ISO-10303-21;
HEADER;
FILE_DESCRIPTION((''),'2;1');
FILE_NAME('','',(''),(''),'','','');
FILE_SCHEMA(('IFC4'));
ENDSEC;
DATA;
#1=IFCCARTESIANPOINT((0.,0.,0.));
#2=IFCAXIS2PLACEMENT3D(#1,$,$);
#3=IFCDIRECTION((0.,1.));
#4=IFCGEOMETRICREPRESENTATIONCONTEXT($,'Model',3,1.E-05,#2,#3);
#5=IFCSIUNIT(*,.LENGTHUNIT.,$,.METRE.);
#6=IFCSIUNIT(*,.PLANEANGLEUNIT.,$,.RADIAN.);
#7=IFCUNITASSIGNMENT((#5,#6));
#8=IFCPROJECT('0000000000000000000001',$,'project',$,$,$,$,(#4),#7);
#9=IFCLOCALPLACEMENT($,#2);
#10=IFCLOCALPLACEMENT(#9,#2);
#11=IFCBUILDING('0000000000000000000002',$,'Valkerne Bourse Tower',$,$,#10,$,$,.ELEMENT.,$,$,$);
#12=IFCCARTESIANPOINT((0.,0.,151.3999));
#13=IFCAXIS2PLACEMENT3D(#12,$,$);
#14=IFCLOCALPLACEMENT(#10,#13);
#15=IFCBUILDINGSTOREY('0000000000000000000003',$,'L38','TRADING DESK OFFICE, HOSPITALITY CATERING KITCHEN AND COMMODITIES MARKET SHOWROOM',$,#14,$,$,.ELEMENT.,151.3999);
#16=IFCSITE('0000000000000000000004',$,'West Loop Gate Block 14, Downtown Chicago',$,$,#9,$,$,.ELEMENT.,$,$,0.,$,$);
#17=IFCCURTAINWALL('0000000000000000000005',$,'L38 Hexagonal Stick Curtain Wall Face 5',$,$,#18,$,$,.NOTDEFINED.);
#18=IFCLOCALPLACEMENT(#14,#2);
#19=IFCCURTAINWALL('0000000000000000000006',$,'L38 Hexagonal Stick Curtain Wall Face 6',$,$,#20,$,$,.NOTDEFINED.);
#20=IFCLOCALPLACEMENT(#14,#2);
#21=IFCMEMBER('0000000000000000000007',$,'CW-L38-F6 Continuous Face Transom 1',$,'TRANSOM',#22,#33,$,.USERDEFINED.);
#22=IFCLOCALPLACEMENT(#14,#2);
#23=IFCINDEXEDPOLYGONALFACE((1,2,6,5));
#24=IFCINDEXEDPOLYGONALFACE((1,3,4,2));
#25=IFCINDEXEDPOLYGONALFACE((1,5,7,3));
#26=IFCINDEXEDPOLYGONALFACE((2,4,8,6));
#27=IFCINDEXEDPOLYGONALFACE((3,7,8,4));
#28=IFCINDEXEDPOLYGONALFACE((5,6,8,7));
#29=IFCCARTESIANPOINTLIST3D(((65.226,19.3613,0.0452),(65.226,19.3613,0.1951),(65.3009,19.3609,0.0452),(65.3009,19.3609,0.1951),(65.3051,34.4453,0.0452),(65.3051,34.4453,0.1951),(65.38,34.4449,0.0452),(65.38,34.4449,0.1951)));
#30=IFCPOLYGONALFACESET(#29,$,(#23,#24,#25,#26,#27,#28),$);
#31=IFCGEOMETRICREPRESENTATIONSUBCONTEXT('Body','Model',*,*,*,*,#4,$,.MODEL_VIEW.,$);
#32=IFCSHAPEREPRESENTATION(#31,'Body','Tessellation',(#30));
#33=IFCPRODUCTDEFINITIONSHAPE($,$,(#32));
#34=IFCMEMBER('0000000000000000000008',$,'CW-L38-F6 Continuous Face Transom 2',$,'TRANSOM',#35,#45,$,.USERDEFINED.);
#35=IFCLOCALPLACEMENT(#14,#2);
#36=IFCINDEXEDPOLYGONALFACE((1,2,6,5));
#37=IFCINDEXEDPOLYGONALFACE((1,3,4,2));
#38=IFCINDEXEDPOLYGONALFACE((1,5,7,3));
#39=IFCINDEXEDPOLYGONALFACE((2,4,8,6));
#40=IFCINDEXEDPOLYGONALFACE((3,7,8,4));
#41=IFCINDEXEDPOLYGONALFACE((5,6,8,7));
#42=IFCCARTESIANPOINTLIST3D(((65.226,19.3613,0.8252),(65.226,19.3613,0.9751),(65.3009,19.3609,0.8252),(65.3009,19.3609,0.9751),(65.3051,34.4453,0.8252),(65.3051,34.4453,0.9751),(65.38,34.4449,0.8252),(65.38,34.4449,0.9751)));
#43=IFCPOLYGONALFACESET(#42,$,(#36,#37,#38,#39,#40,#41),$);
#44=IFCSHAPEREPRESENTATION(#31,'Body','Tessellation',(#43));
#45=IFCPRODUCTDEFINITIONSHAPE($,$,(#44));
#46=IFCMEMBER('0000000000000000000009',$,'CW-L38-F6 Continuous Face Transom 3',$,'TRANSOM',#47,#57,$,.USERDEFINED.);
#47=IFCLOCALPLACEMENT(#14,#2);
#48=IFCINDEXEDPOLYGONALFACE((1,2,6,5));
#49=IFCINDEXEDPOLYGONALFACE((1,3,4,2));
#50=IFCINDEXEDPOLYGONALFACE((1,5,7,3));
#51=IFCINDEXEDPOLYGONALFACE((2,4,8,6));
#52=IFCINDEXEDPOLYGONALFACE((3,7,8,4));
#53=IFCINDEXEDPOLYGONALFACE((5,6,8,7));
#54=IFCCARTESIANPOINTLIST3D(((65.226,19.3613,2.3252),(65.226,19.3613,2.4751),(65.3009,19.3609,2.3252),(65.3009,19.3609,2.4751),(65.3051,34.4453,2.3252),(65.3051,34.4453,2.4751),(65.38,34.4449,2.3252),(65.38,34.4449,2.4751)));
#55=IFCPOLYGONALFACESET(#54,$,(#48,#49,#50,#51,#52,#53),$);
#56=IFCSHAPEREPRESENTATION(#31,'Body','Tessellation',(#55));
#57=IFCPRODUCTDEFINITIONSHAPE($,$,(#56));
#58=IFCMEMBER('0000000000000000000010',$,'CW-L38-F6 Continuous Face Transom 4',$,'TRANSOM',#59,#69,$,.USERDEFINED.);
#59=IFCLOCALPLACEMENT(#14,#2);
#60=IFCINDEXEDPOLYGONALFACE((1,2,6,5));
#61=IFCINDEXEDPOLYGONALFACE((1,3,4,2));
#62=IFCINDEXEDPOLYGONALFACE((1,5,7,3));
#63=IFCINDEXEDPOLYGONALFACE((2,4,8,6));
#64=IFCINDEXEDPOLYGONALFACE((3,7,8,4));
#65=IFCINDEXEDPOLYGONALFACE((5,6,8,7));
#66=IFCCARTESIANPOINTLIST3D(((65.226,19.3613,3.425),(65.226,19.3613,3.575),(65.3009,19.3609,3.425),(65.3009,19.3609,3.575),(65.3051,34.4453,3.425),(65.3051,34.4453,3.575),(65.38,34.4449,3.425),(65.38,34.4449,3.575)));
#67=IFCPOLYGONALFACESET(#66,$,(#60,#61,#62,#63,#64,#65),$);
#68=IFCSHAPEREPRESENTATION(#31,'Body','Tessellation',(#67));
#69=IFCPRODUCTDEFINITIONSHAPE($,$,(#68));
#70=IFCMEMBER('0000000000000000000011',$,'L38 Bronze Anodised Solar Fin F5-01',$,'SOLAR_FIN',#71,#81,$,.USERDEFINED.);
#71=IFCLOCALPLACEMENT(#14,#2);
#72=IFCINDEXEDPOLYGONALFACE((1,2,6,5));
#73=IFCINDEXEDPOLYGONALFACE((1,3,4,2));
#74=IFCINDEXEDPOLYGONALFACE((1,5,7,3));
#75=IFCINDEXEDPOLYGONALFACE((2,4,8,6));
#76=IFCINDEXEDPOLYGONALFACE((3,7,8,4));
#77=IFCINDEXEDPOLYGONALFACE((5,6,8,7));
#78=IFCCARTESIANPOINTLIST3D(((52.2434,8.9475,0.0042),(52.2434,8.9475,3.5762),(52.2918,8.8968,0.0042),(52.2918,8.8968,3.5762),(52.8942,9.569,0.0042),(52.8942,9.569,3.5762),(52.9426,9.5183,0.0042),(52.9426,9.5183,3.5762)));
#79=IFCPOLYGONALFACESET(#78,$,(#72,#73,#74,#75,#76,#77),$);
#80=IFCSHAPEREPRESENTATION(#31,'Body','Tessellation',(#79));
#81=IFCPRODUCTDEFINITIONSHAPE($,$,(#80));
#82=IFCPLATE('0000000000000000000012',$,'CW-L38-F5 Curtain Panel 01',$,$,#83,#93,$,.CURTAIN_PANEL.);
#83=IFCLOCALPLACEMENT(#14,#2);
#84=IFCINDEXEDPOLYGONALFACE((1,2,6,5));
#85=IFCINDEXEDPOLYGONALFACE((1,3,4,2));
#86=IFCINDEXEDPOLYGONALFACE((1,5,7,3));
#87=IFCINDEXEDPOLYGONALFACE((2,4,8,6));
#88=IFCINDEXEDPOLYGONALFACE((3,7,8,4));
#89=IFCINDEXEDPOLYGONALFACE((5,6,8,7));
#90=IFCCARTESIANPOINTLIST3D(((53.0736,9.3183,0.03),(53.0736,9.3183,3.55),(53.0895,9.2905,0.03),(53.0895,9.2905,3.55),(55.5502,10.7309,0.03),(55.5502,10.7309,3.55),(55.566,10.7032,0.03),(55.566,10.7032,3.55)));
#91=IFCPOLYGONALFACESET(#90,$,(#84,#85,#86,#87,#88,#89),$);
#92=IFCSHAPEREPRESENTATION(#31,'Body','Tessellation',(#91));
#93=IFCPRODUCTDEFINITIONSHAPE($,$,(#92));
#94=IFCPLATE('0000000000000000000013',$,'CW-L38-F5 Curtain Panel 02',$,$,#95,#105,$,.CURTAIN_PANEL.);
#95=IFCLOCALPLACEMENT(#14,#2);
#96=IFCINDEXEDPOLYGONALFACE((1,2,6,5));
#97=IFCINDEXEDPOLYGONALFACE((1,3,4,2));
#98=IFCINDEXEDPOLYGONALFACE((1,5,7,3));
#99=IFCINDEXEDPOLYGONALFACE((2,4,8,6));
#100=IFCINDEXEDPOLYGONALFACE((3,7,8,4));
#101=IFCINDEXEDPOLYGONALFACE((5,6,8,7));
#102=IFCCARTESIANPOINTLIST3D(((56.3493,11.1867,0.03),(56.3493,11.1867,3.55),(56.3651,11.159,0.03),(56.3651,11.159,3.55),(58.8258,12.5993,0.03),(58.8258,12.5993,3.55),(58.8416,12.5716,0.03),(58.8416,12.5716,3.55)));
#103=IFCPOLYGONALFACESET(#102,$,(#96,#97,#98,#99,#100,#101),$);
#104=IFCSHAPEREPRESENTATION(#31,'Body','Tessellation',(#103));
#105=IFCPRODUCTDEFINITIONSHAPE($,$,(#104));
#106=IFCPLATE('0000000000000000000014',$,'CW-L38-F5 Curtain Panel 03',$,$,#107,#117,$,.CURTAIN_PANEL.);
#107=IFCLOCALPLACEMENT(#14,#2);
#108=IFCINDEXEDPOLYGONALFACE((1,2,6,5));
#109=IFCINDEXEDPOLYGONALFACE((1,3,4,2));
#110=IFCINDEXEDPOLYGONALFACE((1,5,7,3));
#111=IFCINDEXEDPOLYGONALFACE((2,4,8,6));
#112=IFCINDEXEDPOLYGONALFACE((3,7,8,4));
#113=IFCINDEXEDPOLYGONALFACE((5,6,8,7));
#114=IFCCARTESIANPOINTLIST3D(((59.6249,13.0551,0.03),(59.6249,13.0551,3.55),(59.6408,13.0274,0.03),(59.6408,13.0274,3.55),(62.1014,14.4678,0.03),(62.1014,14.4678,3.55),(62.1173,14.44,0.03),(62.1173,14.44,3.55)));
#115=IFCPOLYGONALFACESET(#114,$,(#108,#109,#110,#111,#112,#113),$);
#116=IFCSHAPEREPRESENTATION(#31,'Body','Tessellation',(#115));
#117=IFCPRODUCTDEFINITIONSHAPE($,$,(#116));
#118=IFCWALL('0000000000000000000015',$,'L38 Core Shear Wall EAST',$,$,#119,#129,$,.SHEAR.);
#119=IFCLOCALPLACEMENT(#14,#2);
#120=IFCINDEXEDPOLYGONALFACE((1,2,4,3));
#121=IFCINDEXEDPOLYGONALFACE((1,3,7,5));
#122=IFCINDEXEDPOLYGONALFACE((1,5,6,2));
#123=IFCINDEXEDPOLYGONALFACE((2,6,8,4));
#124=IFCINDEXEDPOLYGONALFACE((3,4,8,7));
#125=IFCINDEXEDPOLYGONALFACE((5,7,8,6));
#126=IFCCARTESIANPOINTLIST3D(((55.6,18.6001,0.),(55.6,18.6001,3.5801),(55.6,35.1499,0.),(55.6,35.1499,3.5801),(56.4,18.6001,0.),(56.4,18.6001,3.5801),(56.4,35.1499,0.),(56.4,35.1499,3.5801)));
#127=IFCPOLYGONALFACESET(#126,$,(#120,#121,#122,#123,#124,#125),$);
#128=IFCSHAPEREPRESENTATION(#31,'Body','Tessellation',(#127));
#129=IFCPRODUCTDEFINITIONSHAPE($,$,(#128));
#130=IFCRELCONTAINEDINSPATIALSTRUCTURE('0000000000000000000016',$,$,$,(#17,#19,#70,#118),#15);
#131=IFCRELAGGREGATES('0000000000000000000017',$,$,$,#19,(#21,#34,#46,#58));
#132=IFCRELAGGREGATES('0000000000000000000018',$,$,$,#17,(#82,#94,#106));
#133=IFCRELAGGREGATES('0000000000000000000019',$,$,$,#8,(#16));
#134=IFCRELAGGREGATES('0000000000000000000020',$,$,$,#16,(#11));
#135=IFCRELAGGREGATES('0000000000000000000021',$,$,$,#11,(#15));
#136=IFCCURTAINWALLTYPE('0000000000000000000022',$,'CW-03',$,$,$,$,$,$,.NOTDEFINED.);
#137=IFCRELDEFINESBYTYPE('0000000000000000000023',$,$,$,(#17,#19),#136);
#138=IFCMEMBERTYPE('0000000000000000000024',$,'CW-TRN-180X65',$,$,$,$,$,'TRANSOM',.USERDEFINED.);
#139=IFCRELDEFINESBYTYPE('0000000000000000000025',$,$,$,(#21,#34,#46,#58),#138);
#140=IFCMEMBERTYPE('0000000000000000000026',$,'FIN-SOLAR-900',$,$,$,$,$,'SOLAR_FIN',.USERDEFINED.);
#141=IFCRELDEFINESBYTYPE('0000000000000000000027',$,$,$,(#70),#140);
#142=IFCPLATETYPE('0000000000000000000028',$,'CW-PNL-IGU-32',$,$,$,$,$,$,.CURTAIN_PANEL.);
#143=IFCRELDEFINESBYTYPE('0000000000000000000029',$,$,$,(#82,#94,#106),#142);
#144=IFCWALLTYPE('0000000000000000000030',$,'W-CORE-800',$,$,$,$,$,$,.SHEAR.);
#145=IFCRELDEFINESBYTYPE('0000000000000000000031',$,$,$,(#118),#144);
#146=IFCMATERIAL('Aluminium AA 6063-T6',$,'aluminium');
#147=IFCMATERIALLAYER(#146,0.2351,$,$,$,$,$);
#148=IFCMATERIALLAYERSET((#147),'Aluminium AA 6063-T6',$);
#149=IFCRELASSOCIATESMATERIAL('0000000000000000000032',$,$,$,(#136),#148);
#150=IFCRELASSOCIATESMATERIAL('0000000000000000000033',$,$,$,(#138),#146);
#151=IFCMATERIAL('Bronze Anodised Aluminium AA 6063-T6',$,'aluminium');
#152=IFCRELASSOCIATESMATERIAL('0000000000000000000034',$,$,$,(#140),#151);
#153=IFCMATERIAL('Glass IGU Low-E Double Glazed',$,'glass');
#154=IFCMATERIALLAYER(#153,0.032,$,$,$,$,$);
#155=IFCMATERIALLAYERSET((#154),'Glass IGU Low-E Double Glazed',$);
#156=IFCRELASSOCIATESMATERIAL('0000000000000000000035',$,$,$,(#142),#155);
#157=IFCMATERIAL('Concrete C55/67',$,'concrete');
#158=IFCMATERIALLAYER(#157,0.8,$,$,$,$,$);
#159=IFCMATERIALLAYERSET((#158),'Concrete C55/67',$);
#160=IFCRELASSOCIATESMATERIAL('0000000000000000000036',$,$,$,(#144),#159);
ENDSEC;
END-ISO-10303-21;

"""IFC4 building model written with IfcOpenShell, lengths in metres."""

from ifc_helpers import new_model, si_unit, direction, frame, frame_2d, origin, origin_2d, place, context, subcontext, project, spatial, rectangle, extrude, material, layer, layer_set, material_profile, profile_set, type_object, element, aggregate, save


model = new_model("IFC4")

# Units and contexts
model_context = context("Model", 3, precision=1e-05, world=origin(), true_north=direction((0.0, 1.0)))
body_context = subcontext(model_context, "Body", "Model", "MODEL_VIEW")
ifc_project = project(units=[si_unit("LENGTHUNIT", "METRE"), si_unit("PLANEANGLEUNIT", "RADIAN")], contexts=[model_context])

# Site, building, storey
site_placement = place(None, origin())
site = spatial("IfcSite", under=ifc_project, at=site_placement, Name="West Loop Gate Block 14, Downtown Chicago", CompositionType="ELEMENT", RefElevation=0.0)
building_placement = place(site_placement, origin())
building = spatial("IfcBuilding", under=site, at=building_placement, Name="Valkerne Bourse Tower", CompositionType="ELEMENT")
storey_placement = place(building_placement, frame((0.0, 0.0, 151.3999)))
storey = spatial("IfcBuildingStorey", under=building, at=storey_placement, Name="L38", Description="TRADING DESK OFFICE, HOSPITALITY CATERING KITCHEN AND COMMODITIES MARKET SHOWROOM", CompositionType="ELEMENT", Elevation=151.3999)

# Curtain walls, members
ifc_material_1 = material(Name="Aluminium AA 6063-T6", Category="aluminium")
ifc_layer_1 = layer(ifc_material_1, 0.2351)
ifc_layer_set_1 = layer_set([ifc_layer_1], Name="Aluminium AA 6063-T6")
curtain_wall_type = type_object("IfcCurtainWallType", Name="CW-03", PredefinedType="NOTDEFINED", material=ifc_layer_set_1)
curtain_wall_1_placement = place(storey_placement, origin())
curtain_wall_1 = element("IfcCurtainWall", 1, at=curtain_wall_1_placement, inside=storey, type_object=curtain_wall_type, Name="L38 Hexagonal Stick Curtain Wall Face 5", PredefinedType="NOTDEFINED")
curtain_wall_2_placement = place(storey_placement, origin())
curtain_wall_2 = element("IfcCurtainWall", 2, at=curtain_wall_2_placement, inside=storey, type_object=curtain_wall_type, Name="L38 Hexagonal Stick Curtain Wall Face 6", PredefinedType="NOTDEFINED")
ifc_material_profile_1 = material_profile(ifc_material_1, rectangle(XDim=0.075, YDim=0.1499, at=origin_2d()), Name="CWT-75X150")
ifc_profile_set_1 = profile_set([ifc_material_profile_1], Name="Aluminium AA 6063-T6")
member_type_1 = type_object("IfcMemberType", Name="CW-TRN-180X65", ElementType="TRANSOM", PredefinedType="USERDEFINED", material=ifc_profile_set_1)
member_1_placement = place(storey_placement, frame((65.2634, 19.3611, 0.1201), z_axis=(0.005244, 0.999986, 0.0), x_axis=(-0.999986, 0.005244, 0.0)))
member_1 = element("IfcMember", 3, at=member_1_placement, type_object=member_type_1, Name="CW-L38-F6 Continuous Face Transom 1", ObjectType="TRANSOM", PredefinedType="USERDEFINED", context=body_context, shape_type="SweptSolid", body=[
    extrude(rectangle(XDim=0.075, YDim=0.1499, at=origin_2d()), origin(), (0.0, 0.0, 1.0), 15.0842),
])
member_2_placement = place(storey_placement, frame((65.2634, 19.3611, 0.9001), z_axis=(0.005244, 0.999986, 0.0), x_axis=(-0.999986, 0.005244, 0.0)))
member_2 = element("IfcMember", 4, at=member_2_placement, type_object=member_type_1, Name="CW-L38-F6 Continuous Face Transom 2", ObjectType="TRANSOM", PredefinedType="USERDEFINED", context=body_context, shape_type="SweptSolid", body=[
    extrude(rectangle(XDim=0.075, YDim=0.1499, at=origin_2d()), origin(), (0.0, 0.0, 1.0), 15.0842),
])
member_3_placement = place(storey_placement, frame((65.2634, 19.3611, 2.4001), z_axis=(0.005244, 0.999986, 0.0), x_axis=(-0.999986, 0.005244, 0.0)))
member_3 = element("IfcMember", 5, at=member_3_placement, type_object=member_type_1, Name="CW-L38-F6 Continuous Face Transom 3", ObjectType="TRANSOM", PredefinedType="USERDEFINED", context=body_context, shape_type="SweptSolid", body=[
    extrude(rectangle(XDim=0.075, YDim=0.1499, at=origin_2d()), origin(), (0.0, 0.0, 1.0), 15.0842),
])
member_4_placement = place(storey_placement, frame((65.2634, 19.3611, 3.5), z_axis=(0.005244, 0.999986, 0.0), x_axis=(-0.999986, 0.005244, 0.0)))
member_4 = element("IfcMember", 6, at=member_4_placement, type_object=member_type_1, Name="CW-L38-F6 Continuous Face Transom 4", ObjectType="TRANSOM", PredefinedType="USERDEFINED", context=body_context, shape_type="SweptSolid", body=[
    extrude(rectangle(XDim=0.075, YDim=0.1499, at=origin_2d()), origin(), (0.0, 0.0, 1.0), 15.0842),
])
aggregate(curtain_wall_2, [member_1, member_2, member_3, member_4])

# Member
ifc_material_2 = material(Name="Bronze Anodised Aluminium AA 6063-T6", Category="aluminium")
ifc_material_profile_2 = material_profile(ifc_material_2, rectangle(XDim=0.0701, YDim=0.8999, at=origin_2d()), Name="FIN-70X900")
ifc_profile_set_2 = profile_set([ifc_material_profile_2], Name="Bronze Anodised Aluminium AA 6063-T6")
member_type_2 = type_object("IfcMemberType", Name="FIN-SOLAR-900", ElementType="SOLAR_FIN", PredefinedType="USERDEFINED", material=ifc_profile_set_2)
member_5_placement = place(storey_placement, frame((52.593, 9.2329, 0.0042), z_axis=(0.0, 0.0, 1.0), x_axis=(0.690595, -0.723242, 0.0)))
element("IfcMember", 7, at=member_5_placement, inside=storey, type_object=member_type_2, Name="L38 Bronze Anodised Solar Fin F5-01", ObjectType="SOLAR_FIN", PredefinedType="USERDEFINED", context=body_context, shape_type="SweptSolid", body=[
    extrude(rectangle(XDim=0.0701, YDim=0.8999, at=origin_2d()), origin(), (0.0, 0.0, 1.0), 3.572),
])

# Plates
ifc_material_3 = material(Name="Glass IGU Low-E Double Glazed", Category="glass")
ifc_layer_2 = layer(ifc_material_3, 0.032)
ifc_layer_set_2 = layer_set([ifc_layer_2], Name="Glass IGU Low-E Double Glazed")
plate_type = type_object("IfcPlateType", Name="CW-PNL-IGU-32", PredefinedType="CURTAIN_PANEL", material=ifc_layer_set_2)
plate_1_placement = place(storey_placement, frame((54.3198, 10.0107, 0.03), z_axis=(0.0, 0.0, 1.0), x_axis=(0.868628, 0.495465, 0.0)))
plate_1 = element("IfcPlate", 8, at=plate_1_placement, type_object=plate_type, Name="CW-L38-F5 Curtain Panel 01", PredefinedType="CURTAIN_PANEL", context=body_context, shape_type="SweptSolid", body=[
    extrude(rectangle(XDim=2.8511, YDim=0.032, at=origin_2d()), origin(), (0.0, 0.0, 1.0), 3.52),
])
plate_2_placement = place(storey_placement, frame((57.5955, 11.8792, 0.03), z_axis=(0.0, 0.0, 1.0), x_axis=(0.868628, 0.495465, 0.0)))
plate_2 = element("IfcPlate", 9, at=plate_2_placement, type_object=plate_type, Name="CW-L38-F5 Curtain Panel 02", PredefinedType="CURTAIN_PANEL", context=body_context, shape_type="SweptSolid", body=[
    extrude(rectangle(XDim=2.8511, YDim=0.032, at=origin_2d()), origin(), (0.0, 0.0, 1.0), 3.52),
])
plate_3_placement = place(storey_placement, frame((60.8711, 13.7476, 0.03), z_axis=(0.0, 0.0, 1.0), x_axis=(0.868628, 0.495465, 0.0)))
plate_3 = element("IfcPlate", 10, at=plate_3_placement, type_object=plate_type, Name="CW-L38-F5 Curtain Panel 03", PredefinedType="CURTAIN_PANEL", context=body_context, shape_type="SweptSolid", body=[
    extrude(rectangle(XDim=2.8511, YDim=0.032, at=origin_2d()), origin(), (0.0, 0.0, 1.0), 3.52),
])
aggregate(curtain_wall_1, [plate_1, plate_2, plate_3])

# Wall
ifc_material_4 = material(Name="Concrete C55/67", Category="concrete")
ifc_layer_3 = layer(ifc_material_4, 0.8)
ifc_layer_set_3 = layer_set([ifc_layer_3], Name="Concrete C55/67")
wall_type_1 = type_object("IfcWallType", Name="W-CORE-800", PredefinedType="SHEAR", material=ifc_layer_set_3)
wall_1_placement = place(storey_placement, frame((56.0, 18.6001, 0.0), z_axis=(0.0, 0.0, 1.0), x_axis=(0.0, 1.0, 0.0)))
element("IfcWall", 11, at=wall_1_placement, inside=storey, type_object=wall_type_1, Name="L38 Core Shear Wall EAST", PredefinedType="SHEAR", context=body_context, shape_type="SweptSolid", body=[
    extrude(rectangle(XDim=16.5498, YDim=0.8, at=frame_2d((8.2749, 0.0))), origin(), (0.0, 0.0, 1.0), 3.5801),
])

save(model, "model.ifc")
